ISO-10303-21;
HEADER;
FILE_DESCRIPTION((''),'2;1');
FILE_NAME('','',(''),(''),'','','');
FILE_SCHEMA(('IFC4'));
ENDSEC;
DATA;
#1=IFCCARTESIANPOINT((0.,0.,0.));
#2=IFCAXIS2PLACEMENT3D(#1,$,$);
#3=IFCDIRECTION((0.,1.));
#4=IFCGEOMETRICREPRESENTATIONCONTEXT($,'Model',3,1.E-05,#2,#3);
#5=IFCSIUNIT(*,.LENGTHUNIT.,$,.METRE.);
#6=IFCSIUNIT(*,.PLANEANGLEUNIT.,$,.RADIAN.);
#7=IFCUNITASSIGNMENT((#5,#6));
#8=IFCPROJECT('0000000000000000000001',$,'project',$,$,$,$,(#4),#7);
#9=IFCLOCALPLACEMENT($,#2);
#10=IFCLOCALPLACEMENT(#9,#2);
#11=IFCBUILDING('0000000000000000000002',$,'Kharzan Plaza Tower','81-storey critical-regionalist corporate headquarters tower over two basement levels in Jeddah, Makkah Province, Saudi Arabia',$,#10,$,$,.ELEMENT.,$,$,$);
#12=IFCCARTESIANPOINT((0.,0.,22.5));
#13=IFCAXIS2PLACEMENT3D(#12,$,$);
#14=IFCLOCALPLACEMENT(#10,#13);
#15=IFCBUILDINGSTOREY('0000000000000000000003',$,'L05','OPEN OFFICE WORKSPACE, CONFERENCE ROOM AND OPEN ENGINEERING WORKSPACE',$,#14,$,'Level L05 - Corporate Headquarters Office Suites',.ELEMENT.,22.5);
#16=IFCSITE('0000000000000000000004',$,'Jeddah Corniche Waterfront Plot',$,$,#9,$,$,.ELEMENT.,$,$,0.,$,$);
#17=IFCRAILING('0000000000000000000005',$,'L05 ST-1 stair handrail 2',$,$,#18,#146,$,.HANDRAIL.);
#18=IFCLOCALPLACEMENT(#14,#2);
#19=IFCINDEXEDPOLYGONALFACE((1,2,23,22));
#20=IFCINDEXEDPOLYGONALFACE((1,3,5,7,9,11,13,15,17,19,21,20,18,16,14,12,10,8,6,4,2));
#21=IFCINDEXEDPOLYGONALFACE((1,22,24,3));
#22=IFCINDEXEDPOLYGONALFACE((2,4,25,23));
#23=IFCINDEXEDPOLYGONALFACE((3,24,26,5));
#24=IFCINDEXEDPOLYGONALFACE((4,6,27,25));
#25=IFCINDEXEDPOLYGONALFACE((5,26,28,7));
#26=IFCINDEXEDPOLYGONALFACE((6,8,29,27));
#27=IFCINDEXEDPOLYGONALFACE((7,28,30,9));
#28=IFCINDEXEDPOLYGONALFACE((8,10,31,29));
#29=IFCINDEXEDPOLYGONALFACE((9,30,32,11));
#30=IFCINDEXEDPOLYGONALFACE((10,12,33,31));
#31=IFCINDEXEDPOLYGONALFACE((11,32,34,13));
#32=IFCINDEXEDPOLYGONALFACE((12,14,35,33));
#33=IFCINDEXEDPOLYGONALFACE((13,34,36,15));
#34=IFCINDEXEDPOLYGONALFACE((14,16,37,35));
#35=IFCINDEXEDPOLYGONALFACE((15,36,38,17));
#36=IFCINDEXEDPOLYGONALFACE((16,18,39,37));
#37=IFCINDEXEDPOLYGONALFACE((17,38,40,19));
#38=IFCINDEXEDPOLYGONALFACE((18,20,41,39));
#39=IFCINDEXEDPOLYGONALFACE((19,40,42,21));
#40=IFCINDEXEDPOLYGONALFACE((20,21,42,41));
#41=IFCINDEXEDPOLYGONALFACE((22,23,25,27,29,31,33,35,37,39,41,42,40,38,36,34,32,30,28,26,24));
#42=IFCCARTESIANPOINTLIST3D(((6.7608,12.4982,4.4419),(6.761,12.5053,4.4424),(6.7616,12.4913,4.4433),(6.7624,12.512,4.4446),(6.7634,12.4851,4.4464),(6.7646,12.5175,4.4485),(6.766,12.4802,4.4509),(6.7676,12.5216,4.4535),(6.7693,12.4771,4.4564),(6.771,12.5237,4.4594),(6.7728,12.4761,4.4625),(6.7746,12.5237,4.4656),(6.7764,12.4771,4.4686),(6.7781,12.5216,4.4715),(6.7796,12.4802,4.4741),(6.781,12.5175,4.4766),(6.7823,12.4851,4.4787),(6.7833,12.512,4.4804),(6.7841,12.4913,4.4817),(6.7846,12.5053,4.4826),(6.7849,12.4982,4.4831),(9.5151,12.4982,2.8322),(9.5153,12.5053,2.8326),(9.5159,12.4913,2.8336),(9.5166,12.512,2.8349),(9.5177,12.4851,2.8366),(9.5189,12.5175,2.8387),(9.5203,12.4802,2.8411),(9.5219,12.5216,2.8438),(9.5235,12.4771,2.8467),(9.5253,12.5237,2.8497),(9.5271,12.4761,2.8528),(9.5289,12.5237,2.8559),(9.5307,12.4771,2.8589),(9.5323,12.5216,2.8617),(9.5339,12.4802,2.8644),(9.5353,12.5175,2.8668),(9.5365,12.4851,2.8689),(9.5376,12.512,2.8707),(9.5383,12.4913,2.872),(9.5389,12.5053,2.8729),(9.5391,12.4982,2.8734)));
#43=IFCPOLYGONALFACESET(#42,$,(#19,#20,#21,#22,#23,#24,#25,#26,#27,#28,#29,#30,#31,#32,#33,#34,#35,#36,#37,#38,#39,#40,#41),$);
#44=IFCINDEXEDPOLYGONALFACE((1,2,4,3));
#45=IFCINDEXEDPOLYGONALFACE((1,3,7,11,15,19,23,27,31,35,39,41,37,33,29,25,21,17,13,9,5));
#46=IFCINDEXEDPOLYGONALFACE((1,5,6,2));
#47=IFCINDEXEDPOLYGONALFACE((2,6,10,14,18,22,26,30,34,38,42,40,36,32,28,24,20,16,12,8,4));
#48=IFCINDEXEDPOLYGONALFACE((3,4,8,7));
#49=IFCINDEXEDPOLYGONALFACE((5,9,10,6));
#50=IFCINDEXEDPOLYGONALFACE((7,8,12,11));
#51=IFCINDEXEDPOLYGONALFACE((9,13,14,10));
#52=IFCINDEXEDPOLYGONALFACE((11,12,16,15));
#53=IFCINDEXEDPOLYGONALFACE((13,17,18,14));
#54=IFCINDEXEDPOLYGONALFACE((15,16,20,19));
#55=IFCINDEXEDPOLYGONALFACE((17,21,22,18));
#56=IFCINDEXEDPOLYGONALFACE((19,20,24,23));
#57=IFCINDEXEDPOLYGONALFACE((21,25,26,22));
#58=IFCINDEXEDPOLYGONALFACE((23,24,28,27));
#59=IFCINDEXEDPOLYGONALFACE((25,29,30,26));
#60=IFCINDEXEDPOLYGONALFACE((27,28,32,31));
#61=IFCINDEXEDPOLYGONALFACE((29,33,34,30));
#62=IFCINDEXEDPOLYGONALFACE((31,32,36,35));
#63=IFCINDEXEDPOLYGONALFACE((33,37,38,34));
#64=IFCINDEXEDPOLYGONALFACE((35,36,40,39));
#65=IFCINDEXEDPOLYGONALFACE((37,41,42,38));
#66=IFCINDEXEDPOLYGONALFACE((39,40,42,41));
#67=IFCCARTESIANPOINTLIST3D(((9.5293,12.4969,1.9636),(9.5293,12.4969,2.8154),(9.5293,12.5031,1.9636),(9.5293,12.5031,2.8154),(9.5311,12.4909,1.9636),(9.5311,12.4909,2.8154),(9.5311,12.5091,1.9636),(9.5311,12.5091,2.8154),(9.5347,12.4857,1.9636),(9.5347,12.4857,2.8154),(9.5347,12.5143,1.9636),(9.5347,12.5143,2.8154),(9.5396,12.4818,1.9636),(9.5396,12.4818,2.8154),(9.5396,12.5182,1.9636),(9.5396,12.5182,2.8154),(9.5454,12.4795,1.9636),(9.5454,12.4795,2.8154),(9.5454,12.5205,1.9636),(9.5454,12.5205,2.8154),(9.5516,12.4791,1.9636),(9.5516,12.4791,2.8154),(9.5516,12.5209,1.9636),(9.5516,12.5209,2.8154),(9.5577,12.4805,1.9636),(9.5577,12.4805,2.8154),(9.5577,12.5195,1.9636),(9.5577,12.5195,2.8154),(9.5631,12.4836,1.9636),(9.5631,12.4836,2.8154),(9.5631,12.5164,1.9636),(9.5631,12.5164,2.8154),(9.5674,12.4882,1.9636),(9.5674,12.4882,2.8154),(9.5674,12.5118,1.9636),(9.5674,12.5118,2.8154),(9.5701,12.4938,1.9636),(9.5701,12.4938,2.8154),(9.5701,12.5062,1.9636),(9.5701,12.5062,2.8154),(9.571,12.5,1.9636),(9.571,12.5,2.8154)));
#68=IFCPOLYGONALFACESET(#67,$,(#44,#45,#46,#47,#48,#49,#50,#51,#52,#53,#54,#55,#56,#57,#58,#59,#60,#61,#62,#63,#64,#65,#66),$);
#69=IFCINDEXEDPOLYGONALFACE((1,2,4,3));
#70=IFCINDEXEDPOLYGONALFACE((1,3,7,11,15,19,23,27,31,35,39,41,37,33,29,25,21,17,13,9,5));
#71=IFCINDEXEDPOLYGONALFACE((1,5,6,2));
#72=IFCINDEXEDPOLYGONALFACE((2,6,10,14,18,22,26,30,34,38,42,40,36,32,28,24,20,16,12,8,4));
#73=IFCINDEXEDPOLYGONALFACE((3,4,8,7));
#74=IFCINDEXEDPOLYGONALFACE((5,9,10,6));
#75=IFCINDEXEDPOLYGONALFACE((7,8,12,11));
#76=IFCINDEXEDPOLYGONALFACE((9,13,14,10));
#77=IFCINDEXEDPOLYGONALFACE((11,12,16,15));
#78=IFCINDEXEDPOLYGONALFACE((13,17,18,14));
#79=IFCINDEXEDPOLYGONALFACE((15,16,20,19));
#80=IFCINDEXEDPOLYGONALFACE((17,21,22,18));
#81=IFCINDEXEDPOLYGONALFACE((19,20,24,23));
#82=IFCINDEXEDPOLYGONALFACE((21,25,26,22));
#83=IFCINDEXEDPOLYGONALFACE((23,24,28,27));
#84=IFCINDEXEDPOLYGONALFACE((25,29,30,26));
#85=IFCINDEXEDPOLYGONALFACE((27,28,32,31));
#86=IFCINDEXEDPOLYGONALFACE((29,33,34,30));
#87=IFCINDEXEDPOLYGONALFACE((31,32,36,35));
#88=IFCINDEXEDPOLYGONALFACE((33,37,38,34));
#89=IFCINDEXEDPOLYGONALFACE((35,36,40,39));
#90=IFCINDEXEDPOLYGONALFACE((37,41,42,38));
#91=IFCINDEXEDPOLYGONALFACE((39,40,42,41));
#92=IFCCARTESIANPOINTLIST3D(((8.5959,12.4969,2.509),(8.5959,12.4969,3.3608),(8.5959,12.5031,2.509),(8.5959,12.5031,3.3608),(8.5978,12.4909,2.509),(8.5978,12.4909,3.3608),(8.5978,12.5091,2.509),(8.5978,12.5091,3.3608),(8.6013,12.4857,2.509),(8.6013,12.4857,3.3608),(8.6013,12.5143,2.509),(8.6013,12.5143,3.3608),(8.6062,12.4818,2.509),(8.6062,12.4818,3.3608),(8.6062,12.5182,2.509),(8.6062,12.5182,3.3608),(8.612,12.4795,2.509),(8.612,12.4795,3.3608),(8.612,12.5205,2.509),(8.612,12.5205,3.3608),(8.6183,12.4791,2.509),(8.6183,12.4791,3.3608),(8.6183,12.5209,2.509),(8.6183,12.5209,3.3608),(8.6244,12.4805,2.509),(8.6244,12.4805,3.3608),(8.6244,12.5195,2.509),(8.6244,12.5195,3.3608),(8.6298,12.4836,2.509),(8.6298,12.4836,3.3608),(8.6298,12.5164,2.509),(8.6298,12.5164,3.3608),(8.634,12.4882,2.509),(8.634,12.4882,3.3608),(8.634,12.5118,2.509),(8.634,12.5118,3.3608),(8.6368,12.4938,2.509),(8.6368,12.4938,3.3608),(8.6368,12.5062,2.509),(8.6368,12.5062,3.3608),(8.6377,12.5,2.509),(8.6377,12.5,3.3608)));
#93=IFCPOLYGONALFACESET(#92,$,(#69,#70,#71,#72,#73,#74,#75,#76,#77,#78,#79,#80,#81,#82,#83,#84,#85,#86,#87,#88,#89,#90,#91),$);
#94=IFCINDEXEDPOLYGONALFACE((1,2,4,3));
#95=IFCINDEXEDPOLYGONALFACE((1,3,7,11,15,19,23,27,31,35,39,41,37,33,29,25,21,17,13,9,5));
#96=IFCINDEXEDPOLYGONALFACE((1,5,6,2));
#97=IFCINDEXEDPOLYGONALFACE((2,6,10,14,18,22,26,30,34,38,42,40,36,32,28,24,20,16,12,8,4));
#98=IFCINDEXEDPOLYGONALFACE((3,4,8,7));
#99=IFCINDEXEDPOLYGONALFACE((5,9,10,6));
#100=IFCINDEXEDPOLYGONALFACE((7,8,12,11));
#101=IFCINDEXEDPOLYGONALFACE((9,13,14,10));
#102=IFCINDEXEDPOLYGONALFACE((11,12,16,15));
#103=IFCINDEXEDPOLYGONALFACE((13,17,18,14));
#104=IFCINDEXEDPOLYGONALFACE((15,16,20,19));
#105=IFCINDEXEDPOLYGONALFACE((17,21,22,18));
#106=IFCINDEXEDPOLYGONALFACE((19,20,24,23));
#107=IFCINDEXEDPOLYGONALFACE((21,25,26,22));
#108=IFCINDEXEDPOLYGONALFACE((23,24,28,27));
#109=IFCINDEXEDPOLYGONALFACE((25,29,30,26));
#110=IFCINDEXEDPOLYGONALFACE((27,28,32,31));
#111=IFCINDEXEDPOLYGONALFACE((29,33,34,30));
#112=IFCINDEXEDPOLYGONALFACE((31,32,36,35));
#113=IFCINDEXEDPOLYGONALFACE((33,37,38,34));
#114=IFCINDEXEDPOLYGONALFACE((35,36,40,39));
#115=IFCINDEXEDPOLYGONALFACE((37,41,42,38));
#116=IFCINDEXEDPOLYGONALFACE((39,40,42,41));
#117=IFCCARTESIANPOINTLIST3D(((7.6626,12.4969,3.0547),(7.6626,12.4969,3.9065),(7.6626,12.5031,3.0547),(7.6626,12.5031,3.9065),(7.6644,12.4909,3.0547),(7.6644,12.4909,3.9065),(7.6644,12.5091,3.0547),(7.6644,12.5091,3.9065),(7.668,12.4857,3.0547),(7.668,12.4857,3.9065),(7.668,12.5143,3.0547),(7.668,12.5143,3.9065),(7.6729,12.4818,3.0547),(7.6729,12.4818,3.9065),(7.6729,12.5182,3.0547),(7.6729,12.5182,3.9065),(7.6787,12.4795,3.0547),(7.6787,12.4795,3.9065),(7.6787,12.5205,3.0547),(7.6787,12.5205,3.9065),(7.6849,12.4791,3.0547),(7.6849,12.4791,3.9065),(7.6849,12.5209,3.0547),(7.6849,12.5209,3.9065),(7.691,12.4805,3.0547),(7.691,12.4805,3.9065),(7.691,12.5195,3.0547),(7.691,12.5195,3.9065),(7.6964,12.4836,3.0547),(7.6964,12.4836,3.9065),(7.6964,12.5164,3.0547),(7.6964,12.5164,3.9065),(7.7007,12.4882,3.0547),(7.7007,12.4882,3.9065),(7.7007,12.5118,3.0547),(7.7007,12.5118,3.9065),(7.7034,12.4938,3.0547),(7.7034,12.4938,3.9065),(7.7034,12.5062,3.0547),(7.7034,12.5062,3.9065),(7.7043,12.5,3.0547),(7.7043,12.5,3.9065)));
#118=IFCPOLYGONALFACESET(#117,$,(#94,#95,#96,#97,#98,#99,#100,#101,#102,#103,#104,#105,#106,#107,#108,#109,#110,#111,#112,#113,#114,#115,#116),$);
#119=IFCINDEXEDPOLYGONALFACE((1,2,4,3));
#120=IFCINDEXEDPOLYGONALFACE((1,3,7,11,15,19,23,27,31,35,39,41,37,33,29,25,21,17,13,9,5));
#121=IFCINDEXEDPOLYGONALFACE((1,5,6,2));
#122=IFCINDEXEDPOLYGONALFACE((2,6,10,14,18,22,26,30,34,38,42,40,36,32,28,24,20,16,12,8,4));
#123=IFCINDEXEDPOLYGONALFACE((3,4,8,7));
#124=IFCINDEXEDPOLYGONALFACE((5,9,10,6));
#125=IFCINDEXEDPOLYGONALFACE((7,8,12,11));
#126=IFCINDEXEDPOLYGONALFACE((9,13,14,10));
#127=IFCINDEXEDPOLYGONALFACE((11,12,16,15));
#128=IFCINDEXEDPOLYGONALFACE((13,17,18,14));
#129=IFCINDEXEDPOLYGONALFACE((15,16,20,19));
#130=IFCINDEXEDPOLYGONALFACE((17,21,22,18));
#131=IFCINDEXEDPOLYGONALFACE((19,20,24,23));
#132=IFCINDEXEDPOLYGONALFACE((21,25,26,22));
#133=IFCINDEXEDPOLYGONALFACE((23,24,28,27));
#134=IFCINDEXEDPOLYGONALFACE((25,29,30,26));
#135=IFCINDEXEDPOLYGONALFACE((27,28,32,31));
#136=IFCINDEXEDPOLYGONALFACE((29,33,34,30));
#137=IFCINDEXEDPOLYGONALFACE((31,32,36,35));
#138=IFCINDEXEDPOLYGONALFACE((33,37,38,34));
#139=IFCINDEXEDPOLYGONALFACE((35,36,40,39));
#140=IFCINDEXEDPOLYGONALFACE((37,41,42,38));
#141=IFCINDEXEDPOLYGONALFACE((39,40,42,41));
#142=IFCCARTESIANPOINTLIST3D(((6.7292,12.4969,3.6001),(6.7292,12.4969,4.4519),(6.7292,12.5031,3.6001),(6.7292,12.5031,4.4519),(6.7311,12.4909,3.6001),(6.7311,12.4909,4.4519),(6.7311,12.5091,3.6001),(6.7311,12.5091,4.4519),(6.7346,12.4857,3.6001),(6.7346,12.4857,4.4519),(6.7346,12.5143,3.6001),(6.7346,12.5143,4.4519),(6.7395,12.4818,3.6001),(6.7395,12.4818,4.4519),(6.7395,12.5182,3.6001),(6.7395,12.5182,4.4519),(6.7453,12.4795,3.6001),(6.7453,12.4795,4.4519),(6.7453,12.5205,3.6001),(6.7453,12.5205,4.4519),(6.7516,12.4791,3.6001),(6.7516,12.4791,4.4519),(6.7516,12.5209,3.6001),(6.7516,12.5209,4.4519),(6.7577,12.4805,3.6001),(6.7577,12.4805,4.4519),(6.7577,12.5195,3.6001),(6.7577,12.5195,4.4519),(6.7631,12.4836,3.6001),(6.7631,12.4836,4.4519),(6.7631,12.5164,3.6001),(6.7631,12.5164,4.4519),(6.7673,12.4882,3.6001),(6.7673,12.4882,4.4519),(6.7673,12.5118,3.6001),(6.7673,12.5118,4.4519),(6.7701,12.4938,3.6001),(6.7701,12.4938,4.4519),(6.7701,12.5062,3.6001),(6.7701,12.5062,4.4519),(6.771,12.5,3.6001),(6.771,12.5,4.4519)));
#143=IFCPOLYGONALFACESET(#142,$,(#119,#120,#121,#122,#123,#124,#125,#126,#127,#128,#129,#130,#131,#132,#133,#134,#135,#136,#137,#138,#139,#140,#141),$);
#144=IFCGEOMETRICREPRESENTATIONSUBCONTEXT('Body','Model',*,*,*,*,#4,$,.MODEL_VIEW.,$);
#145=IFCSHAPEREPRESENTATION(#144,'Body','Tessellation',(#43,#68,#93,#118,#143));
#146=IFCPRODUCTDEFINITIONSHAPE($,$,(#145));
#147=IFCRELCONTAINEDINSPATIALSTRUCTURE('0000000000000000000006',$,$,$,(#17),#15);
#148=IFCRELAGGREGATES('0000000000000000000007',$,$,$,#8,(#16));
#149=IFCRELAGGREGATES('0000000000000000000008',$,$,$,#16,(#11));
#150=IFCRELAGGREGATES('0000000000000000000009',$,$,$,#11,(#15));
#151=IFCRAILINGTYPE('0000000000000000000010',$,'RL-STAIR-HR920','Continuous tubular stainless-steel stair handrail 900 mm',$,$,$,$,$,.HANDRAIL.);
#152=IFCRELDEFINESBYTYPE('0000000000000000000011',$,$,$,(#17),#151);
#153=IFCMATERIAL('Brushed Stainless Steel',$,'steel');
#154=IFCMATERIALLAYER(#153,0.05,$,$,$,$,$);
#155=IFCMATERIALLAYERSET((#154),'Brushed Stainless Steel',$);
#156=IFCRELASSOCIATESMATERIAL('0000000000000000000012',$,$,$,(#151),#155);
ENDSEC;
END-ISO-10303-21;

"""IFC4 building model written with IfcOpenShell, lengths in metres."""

from ifc_helpers import new_model, si_unit, direction, frame, origin, origin_2d, place, context, subcontext, project, spatial, circle, extrude, source, transform, mapped, material, layer, layer_set, type_object, element, save


model = new_model("IFC4")

# Units and contexts
model_context = context("Model", 3, precision=1e-05, world=origin(), true_north=direction((0.0, 1.0)))
body_context = subcontext(model_context, "Body", "Model", "MODEL_VIEW")
ifc_project = project(units=[si_unit("LENGTHUNIT", "METRE"), si_unit("PLANEANGLEUNIT", "RADIAN")], contexts=[model_context])

# Site, building, storey
site_placement = place(None, origin())
site = spatial("IfcSite", under=ifc_project, at=site_placement, Name="Jeddah Corniche Waterfront Plot", CompositionType="ELEMENT", RefElevation=0.0)
building_placement = place(site_placement, origin())
building = spatial("IfcBuilding", under=site, at=building_placement, Name="Kharzan Plaza Tower", Description="81-storey critical-regionalist corporate headquarters tower over two basement levels in Jeddah, Makkah Province, Saudi Arabia", CompositionType="ELEMENT")
storey_placement = place(building_placement, frame((0.0, 0.0, 22.5)))
storey = spatial("IfcBuildingStorey", under=building, at=storey_placement, Name="L05", Description="OPEN OFFICE WORKSPACE, CONFERENCE ROOM AND OPEN ENGINEERING WORKSPACE", LongName="Level L05 - Corporate Headquarters Office Suites", CompositionType="ELEMENT", Elevation=22.5)

# Shared definitions
ifc_material_1 = material(Name="Brushed Stainless Steel", Category="steel")

# Railing
ifc_layer_1 = layer(ifc_material_1, 0.05)
ifc_layer_set_1 = layer_set([ifc_layer_1], Name="Brushed Stainless Steel")
railing_type_1 = type_object("IfcRailingType", Name="RL-STAIR-HR920", Description="Continuous tubular stainless-steel stair handrail 900 mm", PredefinedType="HANDRAIL", material=ifc_layer_set_1)
shared_shape_1 = source(origin(), body_context, "Body", "SweptSolid", [
    extrude(circle(Radius=0.0239, at=origin_2d()), frame((-0.0229, 0.0, 0.8892), z_axis=(-0.863361, 0.0, 0.504587), x_axis=(0.0, -1.0, 0.0)), (0.0, 0.0, 1.0), 3.1902),
    extrude(circle(Radius=0.021, at=origin_2d()), origin(), (0.0, 0.0, 1.0), 0.8518),
    extrude(circle(Radius=0.021, at=origin_2d()), frame((-0.9333, 0.0, 0.5454)), (0.0, 0.0, 1.0), 0.8518),
    extrude(circle(Radius=0.021, at=origin_2d()), frame((-1.8667, 0.0, 1.0911)), (0.0, 0.0, 1.0), 0.8518),
    extrude(circle(Radius=0.021, at=origin_2d()), frame((-2.8, 0.0, 1.6365)), (0.0, 0.0, 1.0), 0.8518),
])
railing_1_placement = place(storey_placement, frame((9.55, 12.5, 1.9636)))
element("IfcRailing", 1, at=railing_1_placement, inside=storey, type_object=railing_type_1, Name="L05 ST-1 stair handrail 2", PredefinedType="HANDRAIL", context=body_context, shape_type="MappedRepresentation", body=[
    mapped(shared_shape_1, transform((0.0, 0.0, 0.0), x_axis=(1.0, 0.0, 0.0), y_axis=(0.0, 1.0, 0.0), z_axis=(0.0, 0.0, 1.0))),
])

save(model, "model.ifc")
